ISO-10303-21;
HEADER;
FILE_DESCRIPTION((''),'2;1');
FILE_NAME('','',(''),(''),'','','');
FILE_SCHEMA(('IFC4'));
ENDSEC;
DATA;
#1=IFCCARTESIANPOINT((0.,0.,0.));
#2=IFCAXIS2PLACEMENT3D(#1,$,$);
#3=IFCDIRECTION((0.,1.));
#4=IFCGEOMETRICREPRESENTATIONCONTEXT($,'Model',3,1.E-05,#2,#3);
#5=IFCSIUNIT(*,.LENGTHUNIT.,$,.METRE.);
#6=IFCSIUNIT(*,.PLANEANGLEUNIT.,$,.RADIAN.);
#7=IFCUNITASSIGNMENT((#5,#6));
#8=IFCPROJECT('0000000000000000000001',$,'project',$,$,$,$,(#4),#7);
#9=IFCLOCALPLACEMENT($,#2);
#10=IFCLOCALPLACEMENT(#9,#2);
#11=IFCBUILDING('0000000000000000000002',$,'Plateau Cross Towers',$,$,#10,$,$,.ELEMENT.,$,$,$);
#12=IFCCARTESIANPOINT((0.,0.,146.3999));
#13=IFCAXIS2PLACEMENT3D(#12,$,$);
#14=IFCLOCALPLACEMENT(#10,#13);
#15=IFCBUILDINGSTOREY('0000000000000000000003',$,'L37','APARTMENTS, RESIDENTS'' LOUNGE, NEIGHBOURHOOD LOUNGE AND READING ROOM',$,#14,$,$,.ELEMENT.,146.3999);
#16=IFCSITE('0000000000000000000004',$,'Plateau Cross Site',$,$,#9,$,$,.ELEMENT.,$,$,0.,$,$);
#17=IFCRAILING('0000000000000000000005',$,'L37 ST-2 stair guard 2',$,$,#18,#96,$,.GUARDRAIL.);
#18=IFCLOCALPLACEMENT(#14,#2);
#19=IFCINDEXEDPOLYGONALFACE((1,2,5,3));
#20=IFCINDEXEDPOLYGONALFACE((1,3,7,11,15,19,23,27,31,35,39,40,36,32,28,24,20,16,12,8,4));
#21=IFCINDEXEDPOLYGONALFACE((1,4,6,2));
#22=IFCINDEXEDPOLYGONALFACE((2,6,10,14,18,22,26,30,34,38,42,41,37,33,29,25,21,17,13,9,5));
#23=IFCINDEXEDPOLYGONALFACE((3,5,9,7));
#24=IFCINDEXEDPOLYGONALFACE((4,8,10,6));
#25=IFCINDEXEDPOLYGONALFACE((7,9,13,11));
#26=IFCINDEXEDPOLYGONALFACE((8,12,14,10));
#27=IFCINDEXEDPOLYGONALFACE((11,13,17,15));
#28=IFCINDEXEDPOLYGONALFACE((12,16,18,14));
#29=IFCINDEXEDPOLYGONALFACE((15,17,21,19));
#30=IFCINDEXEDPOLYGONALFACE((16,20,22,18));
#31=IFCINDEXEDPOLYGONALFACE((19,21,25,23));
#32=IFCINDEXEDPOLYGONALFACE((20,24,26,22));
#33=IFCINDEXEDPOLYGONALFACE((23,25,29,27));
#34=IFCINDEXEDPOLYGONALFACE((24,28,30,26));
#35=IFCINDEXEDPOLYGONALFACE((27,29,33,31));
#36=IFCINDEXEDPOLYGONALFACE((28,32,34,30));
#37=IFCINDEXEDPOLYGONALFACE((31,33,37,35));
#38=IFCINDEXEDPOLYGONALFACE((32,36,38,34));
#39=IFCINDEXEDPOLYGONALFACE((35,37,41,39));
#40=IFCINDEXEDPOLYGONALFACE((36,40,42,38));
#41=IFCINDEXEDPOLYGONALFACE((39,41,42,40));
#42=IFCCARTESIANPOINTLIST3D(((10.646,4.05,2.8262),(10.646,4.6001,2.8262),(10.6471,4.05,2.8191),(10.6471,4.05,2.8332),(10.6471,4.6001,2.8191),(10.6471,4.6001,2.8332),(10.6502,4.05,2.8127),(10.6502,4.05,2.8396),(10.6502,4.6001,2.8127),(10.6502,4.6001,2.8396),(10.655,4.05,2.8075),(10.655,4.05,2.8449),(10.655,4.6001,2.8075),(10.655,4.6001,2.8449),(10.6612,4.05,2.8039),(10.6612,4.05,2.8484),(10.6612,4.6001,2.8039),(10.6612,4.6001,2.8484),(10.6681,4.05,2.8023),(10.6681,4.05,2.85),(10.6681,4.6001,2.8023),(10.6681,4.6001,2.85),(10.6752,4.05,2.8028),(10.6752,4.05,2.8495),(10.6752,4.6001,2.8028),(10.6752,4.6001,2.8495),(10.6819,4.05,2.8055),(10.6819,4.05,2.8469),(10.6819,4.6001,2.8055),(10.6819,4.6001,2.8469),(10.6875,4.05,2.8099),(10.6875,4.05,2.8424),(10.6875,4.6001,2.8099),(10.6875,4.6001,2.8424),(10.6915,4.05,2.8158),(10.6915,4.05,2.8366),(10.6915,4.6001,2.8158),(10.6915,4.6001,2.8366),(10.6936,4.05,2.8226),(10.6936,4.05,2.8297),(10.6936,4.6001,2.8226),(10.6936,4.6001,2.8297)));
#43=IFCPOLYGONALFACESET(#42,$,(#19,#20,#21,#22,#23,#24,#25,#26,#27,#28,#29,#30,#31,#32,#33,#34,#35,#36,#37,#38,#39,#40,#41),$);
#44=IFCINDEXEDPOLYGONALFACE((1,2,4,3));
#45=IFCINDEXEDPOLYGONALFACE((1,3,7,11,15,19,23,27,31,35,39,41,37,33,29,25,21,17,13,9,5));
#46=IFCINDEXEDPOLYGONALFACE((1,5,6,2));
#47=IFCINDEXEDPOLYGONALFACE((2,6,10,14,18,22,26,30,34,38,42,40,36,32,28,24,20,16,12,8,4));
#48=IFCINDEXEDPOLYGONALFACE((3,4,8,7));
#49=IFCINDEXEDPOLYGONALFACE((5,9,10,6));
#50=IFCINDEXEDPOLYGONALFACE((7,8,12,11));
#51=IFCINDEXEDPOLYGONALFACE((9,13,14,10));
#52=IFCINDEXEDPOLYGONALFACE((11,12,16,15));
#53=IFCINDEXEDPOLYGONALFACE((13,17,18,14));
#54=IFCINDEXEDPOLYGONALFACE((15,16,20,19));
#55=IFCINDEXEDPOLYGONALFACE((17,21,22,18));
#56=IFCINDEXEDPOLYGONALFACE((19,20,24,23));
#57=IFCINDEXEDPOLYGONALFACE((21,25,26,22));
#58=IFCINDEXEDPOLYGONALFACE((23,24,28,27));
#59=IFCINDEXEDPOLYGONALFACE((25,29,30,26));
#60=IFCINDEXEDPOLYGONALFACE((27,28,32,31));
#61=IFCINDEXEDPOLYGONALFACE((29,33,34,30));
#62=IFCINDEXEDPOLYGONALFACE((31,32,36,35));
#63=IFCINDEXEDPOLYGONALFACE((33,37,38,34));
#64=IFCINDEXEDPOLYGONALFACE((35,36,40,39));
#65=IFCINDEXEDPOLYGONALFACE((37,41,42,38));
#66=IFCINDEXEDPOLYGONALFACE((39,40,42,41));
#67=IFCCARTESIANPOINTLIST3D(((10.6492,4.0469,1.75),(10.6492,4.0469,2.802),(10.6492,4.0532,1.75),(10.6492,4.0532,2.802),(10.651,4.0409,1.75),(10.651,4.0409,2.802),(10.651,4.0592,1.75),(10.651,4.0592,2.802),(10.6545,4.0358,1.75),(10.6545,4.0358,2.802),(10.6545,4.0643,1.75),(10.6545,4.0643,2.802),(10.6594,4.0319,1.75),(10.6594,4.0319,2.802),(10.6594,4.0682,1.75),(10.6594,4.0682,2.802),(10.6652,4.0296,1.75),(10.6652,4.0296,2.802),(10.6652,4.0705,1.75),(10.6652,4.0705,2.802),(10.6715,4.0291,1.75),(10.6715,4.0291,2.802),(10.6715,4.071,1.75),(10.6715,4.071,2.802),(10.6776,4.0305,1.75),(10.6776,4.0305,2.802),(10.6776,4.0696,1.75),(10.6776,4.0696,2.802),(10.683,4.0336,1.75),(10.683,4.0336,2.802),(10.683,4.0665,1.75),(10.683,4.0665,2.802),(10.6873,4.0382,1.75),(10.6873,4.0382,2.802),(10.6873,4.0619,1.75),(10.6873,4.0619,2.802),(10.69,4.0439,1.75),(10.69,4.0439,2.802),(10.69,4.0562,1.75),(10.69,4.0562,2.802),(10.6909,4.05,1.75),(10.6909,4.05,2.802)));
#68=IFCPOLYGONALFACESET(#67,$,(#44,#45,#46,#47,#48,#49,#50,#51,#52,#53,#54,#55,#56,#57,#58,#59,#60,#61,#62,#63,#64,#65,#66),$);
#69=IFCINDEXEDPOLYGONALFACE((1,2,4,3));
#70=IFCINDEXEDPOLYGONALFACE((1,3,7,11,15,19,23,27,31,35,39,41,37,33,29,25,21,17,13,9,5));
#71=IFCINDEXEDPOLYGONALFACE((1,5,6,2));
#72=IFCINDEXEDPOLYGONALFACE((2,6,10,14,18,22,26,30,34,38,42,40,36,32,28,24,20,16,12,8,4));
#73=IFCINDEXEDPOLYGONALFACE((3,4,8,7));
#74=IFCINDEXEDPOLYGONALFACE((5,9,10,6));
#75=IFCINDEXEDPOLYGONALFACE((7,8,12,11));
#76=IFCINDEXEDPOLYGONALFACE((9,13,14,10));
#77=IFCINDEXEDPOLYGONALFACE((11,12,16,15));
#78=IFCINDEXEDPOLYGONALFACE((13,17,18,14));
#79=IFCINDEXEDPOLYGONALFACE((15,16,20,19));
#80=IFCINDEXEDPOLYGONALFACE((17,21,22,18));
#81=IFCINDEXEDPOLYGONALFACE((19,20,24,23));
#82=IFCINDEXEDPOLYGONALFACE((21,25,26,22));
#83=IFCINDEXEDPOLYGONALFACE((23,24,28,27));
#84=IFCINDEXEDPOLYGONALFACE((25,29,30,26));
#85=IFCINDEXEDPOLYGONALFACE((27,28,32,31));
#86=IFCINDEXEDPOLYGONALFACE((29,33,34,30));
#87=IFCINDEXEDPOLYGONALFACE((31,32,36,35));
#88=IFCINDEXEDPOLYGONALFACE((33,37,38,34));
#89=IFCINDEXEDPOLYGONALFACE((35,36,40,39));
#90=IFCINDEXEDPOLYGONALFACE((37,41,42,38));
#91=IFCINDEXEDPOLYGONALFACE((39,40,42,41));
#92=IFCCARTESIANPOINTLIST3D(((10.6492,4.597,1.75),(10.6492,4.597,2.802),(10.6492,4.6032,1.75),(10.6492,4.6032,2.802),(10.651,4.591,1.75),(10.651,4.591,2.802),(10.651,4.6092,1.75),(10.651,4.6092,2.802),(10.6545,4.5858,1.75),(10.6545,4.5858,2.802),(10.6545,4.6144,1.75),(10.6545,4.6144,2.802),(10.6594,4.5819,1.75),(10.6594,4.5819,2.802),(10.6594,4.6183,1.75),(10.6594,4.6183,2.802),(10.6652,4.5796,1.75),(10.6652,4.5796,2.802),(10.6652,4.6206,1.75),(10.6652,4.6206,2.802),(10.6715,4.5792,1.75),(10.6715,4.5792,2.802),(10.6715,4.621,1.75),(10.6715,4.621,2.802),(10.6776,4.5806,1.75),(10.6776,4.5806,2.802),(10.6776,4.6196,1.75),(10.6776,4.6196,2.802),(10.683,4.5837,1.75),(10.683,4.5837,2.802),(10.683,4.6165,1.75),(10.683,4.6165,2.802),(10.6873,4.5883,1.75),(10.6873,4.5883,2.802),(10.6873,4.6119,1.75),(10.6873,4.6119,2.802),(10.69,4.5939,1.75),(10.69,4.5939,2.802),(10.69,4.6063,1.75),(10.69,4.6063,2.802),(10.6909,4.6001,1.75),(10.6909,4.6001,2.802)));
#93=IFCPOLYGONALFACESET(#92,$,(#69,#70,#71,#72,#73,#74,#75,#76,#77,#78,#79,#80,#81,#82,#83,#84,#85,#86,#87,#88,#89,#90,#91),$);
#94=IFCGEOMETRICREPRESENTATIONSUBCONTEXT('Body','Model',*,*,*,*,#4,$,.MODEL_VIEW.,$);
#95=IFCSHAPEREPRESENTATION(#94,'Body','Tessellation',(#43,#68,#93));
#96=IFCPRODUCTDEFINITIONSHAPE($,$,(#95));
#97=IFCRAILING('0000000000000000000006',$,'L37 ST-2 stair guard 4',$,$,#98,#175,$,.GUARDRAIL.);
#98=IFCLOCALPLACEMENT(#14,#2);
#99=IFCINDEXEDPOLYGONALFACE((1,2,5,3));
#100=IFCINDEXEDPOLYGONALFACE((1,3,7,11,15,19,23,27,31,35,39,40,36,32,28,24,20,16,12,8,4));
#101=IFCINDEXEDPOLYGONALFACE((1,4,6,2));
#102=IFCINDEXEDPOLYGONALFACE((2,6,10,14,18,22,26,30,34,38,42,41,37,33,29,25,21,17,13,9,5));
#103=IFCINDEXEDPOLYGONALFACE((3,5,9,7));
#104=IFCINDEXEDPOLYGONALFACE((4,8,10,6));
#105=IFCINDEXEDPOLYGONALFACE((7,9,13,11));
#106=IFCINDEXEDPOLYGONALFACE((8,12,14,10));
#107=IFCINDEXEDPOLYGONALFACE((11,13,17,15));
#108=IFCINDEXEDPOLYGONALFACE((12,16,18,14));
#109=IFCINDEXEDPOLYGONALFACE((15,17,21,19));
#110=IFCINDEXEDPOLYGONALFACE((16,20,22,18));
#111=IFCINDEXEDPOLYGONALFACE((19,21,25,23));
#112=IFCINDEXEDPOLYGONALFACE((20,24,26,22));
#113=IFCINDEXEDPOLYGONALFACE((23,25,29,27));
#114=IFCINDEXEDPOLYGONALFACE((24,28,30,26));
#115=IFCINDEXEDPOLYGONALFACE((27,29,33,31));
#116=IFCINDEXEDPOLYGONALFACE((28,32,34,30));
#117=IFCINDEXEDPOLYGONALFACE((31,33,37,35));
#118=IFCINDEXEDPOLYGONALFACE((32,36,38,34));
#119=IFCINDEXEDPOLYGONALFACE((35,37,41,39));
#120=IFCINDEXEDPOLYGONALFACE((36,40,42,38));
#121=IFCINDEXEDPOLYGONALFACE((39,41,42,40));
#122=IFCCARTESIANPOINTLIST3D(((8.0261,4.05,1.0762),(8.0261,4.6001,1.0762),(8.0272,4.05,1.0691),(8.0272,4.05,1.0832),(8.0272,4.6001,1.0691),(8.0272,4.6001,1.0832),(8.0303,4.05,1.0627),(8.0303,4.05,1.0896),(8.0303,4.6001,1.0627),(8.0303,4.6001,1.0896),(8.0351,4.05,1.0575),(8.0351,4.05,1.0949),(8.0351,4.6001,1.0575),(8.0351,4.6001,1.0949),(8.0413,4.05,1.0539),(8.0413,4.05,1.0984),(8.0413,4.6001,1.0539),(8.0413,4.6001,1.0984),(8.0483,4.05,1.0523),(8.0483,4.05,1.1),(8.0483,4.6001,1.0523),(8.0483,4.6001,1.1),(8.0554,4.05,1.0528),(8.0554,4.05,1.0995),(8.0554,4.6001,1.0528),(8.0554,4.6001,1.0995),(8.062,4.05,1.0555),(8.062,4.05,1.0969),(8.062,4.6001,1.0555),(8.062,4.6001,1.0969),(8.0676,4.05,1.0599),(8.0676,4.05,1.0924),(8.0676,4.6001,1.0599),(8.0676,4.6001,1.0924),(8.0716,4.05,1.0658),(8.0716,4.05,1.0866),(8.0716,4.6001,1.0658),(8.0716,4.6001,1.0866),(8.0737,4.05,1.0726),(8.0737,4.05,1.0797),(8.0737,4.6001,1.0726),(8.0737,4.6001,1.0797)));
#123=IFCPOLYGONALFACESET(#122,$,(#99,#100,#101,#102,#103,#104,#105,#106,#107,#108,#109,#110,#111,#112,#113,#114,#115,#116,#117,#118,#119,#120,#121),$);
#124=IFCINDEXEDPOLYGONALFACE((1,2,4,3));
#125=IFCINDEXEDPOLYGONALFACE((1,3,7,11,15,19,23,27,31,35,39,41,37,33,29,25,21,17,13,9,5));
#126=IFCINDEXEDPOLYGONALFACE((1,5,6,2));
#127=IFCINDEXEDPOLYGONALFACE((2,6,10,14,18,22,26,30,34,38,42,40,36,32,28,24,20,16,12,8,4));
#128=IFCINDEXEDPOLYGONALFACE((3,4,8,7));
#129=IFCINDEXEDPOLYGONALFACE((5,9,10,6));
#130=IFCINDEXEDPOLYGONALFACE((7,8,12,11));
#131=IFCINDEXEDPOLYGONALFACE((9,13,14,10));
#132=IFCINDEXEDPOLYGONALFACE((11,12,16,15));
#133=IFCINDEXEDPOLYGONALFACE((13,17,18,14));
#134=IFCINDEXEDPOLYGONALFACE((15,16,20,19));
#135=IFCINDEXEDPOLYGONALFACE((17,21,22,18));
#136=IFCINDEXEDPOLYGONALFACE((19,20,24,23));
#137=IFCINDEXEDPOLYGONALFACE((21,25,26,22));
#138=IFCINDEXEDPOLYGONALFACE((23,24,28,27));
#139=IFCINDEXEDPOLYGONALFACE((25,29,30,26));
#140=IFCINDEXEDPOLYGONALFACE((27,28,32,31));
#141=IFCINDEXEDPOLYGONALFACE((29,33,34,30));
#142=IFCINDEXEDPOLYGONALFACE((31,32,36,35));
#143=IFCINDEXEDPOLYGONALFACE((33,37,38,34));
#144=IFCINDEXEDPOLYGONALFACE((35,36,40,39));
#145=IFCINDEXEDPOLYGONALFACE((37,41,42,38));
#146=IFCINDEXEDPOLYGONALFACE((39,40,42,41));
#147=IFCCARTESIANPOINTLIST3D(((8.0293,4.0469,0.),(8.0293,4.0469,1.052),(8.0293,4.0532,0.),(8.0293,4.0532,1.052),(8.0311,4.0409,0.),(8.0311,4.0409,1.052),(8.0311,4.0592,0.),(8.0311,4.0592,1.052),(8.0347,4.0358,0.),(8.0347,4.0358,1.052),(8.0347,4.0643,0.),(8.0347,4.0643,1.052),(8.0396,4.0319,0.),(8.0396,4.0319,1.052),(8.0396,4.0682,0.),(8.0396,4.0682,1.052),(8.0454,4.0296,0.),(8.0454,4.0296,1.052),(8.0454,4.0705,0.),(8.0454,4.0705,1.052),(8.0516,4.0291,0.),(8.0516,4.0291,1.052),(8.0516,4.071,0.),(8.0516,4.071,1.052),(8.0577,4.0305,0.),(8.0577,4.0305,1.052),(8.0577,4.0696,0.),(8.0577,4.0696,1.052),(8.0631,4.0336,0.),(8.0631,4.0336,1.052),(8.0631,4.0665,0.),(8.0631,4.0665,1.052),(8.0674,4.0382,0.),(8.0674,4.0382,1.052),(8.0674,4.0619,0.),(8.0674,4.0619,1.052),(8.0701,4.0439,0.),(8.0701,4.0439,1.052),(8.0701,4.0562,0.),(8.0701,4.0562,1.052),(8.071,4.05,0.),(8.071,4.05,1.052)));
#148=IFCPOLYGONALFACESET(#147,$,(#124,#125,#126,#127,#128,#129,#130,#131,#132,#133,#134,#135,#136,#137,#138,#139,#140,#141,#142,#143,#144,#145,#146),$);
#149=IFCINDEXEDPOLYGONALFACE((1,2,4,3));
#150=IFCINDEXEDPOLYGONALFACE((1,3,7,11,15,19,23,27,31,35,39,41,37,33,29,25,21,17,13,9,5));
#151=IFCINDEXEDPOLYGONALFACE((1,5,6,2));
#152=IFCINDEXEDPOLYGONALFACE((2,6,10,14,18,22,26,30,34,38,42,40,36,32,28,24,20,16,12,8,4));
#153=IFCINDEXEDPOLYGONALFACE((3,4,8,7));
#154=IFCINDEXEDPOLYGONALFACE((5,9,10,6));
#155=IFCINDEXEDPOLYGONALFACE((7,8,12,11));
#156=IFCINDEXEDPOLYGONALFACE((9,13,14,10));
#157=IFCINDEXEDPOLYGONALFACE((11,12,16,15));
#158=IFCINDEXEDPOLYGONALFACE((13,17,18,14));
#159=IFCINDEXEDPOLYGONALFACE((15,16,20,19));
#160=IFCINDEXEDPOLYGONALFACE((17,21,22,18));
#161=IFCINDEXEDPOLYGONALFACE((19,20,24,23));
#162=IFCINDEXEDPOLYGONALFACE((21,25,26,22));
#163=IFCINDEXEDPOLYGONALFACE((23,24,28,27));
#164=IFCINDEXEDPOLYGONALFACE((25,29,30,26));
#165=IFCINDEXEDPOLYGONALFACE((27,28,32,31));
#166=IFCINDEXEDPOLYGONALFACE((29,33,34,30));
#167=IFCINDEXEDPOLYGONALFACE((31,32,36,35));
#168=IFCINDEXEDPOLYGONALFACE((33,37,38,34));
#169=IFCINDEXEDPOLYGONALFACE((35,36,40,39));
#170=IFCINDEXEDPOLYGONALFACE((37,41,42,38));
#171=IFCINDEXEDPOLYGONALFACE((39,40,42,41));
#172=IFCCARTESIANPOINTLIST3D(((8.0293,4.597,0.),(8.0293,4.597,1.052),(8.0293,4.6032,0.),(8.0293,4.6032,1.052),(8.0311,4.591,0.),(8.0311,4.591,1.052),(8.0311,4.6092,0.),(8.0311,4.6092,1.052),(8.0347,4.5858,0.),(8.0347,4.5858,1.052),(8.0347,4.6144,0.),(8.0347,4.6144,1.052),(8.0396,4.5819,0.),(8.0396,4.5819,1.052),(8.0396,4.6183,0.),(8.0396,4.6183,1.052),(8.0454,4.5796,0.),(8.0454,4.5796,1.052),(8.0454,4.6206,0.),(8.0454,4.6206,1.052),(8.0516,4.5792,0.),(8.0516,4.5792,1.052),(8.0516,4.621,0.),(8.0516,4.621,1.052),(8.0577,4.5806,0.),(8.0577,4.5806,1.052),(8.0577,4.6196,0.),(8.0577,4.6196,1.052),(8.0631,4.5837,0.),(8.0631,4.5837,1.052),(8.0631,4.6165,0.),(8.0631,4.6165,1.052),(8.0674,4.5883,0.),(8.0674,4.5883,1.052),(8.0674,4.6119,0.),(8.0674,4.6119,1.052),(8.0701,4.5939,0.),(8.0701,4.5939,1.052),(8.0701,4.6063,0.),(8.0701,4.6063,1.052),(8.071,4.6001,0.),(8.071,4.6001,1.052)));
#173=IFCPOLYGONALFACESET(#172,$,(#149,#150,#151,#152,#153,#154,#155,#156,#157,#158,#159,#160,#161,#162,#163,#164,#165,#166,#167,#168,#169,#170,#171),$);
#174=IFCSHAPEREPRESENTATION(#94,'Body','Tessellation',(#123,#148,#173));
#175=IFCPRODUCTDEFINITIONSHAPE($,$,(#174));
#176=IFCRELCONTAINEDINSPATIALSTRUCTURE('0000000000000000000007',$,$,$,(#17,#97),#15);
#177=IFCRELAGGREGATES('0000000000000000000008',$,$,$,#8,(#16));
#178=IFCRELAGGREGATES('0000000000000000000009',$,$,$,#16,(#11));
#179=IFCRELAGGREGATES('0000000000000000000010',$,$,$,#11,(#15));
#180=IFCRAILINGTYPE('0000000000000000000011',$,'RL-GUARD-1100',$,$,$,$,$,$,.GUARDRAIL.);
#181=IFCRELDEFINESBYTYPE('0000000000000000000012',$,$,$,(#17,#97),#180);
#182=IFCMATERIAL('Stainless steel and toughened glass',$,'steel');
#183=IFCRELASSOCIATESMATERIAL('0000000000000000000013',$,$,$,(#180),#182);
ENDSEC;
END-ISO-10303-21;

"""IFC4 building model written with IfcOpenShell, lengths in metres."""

from ifc_helpers import new_model, si_unit, direction, frame, origin, origin_2d, place, context, subcontext, project, spatial, circle, extrude, material, type_object, element, save


model = new_model("IFC4")

# Units and contexts
model_context = context("Model", 3, precision=1e-05, world=origin(), true_north=direction((0.0, 1.0)))
body_context = subcontext(model_context, "Body", "Model", "MODEL_VIEW")
ifc_project = project(units=[si_unit("LENGTHUNIT", "METRE"), si_unit("PLANEANGLEUNIT", "RADIAN")], contexts=[model_context])

# Site, building, storey
site_placement = place(None, origin())
site = spatial("IfcSite", under=ifc_project, at=site_placement, Name="Plateau Cross Site", CompositionType="ELEMENT", RefElevation=0.0)
building_placement = place(site_placement, origin())
building = spatial("IfcBuilding", under=site, at=building_placement, Name="Plateau Cross Towers", CompositionType="ELEMENT")
storey_placement = place(building_placement, frame((0.0, 0.0, 146.3999)))
storey = spatial("IfcBuildingStorey", under=building, at=storey_placement, Name="L37", Description="APARTMENTS, RESIDENTS' LOUNGE, NEIGHBOURHOOD LOUNGE AND READING ROOM", CompositionType="ELEMENT", Elevation=146.3999)

# Railings
ifc_material_1 = material(Name="Stainless steel and toughened glass", Category="steel")
railing_type_1 = type_object("IfcRailingType", Name="RL-GUARD-1100", PredefinedType="GUARDRAIL", material=ifc_material_1)
for number, where, name in (
    (1, (10.6699, 4.05, 1.75), "L37 ST-2 stair guard 2"),
    (2, (8.05, 4.05, 0.0), "L37 ST-2 stair guard 4"),
):
    element("IfcRailing", number, at=place(storey_placement, frame(where)), inside=storey, type_object=railing_type_1, Name=name, PredefinedType="GUARDRAIL", context=body_context, shape_type="SweptSolid", body=[
        extrude(circle(Radius=0.0239, at=origin_2d()), frame((0.0, 0.0, 1.0762), z_axis=(0.0, 1.0, 0.0), x_axis=(-1.0, 0.0, 0.0)), (0.0, 0.0, 1.0), 0.55),
        extrude(circle(Radius=0.021, at=origin_2d()), origin(), (0.0, 0.0, 1.0), 1.052),
        extrude(circle(Radius=0.021, at=origin_2d()), frame((0.0, 0.55, 0.0)), (0.0, 0.0, 1.0), 1.052),
    ])

save(model, "model.ifc")
